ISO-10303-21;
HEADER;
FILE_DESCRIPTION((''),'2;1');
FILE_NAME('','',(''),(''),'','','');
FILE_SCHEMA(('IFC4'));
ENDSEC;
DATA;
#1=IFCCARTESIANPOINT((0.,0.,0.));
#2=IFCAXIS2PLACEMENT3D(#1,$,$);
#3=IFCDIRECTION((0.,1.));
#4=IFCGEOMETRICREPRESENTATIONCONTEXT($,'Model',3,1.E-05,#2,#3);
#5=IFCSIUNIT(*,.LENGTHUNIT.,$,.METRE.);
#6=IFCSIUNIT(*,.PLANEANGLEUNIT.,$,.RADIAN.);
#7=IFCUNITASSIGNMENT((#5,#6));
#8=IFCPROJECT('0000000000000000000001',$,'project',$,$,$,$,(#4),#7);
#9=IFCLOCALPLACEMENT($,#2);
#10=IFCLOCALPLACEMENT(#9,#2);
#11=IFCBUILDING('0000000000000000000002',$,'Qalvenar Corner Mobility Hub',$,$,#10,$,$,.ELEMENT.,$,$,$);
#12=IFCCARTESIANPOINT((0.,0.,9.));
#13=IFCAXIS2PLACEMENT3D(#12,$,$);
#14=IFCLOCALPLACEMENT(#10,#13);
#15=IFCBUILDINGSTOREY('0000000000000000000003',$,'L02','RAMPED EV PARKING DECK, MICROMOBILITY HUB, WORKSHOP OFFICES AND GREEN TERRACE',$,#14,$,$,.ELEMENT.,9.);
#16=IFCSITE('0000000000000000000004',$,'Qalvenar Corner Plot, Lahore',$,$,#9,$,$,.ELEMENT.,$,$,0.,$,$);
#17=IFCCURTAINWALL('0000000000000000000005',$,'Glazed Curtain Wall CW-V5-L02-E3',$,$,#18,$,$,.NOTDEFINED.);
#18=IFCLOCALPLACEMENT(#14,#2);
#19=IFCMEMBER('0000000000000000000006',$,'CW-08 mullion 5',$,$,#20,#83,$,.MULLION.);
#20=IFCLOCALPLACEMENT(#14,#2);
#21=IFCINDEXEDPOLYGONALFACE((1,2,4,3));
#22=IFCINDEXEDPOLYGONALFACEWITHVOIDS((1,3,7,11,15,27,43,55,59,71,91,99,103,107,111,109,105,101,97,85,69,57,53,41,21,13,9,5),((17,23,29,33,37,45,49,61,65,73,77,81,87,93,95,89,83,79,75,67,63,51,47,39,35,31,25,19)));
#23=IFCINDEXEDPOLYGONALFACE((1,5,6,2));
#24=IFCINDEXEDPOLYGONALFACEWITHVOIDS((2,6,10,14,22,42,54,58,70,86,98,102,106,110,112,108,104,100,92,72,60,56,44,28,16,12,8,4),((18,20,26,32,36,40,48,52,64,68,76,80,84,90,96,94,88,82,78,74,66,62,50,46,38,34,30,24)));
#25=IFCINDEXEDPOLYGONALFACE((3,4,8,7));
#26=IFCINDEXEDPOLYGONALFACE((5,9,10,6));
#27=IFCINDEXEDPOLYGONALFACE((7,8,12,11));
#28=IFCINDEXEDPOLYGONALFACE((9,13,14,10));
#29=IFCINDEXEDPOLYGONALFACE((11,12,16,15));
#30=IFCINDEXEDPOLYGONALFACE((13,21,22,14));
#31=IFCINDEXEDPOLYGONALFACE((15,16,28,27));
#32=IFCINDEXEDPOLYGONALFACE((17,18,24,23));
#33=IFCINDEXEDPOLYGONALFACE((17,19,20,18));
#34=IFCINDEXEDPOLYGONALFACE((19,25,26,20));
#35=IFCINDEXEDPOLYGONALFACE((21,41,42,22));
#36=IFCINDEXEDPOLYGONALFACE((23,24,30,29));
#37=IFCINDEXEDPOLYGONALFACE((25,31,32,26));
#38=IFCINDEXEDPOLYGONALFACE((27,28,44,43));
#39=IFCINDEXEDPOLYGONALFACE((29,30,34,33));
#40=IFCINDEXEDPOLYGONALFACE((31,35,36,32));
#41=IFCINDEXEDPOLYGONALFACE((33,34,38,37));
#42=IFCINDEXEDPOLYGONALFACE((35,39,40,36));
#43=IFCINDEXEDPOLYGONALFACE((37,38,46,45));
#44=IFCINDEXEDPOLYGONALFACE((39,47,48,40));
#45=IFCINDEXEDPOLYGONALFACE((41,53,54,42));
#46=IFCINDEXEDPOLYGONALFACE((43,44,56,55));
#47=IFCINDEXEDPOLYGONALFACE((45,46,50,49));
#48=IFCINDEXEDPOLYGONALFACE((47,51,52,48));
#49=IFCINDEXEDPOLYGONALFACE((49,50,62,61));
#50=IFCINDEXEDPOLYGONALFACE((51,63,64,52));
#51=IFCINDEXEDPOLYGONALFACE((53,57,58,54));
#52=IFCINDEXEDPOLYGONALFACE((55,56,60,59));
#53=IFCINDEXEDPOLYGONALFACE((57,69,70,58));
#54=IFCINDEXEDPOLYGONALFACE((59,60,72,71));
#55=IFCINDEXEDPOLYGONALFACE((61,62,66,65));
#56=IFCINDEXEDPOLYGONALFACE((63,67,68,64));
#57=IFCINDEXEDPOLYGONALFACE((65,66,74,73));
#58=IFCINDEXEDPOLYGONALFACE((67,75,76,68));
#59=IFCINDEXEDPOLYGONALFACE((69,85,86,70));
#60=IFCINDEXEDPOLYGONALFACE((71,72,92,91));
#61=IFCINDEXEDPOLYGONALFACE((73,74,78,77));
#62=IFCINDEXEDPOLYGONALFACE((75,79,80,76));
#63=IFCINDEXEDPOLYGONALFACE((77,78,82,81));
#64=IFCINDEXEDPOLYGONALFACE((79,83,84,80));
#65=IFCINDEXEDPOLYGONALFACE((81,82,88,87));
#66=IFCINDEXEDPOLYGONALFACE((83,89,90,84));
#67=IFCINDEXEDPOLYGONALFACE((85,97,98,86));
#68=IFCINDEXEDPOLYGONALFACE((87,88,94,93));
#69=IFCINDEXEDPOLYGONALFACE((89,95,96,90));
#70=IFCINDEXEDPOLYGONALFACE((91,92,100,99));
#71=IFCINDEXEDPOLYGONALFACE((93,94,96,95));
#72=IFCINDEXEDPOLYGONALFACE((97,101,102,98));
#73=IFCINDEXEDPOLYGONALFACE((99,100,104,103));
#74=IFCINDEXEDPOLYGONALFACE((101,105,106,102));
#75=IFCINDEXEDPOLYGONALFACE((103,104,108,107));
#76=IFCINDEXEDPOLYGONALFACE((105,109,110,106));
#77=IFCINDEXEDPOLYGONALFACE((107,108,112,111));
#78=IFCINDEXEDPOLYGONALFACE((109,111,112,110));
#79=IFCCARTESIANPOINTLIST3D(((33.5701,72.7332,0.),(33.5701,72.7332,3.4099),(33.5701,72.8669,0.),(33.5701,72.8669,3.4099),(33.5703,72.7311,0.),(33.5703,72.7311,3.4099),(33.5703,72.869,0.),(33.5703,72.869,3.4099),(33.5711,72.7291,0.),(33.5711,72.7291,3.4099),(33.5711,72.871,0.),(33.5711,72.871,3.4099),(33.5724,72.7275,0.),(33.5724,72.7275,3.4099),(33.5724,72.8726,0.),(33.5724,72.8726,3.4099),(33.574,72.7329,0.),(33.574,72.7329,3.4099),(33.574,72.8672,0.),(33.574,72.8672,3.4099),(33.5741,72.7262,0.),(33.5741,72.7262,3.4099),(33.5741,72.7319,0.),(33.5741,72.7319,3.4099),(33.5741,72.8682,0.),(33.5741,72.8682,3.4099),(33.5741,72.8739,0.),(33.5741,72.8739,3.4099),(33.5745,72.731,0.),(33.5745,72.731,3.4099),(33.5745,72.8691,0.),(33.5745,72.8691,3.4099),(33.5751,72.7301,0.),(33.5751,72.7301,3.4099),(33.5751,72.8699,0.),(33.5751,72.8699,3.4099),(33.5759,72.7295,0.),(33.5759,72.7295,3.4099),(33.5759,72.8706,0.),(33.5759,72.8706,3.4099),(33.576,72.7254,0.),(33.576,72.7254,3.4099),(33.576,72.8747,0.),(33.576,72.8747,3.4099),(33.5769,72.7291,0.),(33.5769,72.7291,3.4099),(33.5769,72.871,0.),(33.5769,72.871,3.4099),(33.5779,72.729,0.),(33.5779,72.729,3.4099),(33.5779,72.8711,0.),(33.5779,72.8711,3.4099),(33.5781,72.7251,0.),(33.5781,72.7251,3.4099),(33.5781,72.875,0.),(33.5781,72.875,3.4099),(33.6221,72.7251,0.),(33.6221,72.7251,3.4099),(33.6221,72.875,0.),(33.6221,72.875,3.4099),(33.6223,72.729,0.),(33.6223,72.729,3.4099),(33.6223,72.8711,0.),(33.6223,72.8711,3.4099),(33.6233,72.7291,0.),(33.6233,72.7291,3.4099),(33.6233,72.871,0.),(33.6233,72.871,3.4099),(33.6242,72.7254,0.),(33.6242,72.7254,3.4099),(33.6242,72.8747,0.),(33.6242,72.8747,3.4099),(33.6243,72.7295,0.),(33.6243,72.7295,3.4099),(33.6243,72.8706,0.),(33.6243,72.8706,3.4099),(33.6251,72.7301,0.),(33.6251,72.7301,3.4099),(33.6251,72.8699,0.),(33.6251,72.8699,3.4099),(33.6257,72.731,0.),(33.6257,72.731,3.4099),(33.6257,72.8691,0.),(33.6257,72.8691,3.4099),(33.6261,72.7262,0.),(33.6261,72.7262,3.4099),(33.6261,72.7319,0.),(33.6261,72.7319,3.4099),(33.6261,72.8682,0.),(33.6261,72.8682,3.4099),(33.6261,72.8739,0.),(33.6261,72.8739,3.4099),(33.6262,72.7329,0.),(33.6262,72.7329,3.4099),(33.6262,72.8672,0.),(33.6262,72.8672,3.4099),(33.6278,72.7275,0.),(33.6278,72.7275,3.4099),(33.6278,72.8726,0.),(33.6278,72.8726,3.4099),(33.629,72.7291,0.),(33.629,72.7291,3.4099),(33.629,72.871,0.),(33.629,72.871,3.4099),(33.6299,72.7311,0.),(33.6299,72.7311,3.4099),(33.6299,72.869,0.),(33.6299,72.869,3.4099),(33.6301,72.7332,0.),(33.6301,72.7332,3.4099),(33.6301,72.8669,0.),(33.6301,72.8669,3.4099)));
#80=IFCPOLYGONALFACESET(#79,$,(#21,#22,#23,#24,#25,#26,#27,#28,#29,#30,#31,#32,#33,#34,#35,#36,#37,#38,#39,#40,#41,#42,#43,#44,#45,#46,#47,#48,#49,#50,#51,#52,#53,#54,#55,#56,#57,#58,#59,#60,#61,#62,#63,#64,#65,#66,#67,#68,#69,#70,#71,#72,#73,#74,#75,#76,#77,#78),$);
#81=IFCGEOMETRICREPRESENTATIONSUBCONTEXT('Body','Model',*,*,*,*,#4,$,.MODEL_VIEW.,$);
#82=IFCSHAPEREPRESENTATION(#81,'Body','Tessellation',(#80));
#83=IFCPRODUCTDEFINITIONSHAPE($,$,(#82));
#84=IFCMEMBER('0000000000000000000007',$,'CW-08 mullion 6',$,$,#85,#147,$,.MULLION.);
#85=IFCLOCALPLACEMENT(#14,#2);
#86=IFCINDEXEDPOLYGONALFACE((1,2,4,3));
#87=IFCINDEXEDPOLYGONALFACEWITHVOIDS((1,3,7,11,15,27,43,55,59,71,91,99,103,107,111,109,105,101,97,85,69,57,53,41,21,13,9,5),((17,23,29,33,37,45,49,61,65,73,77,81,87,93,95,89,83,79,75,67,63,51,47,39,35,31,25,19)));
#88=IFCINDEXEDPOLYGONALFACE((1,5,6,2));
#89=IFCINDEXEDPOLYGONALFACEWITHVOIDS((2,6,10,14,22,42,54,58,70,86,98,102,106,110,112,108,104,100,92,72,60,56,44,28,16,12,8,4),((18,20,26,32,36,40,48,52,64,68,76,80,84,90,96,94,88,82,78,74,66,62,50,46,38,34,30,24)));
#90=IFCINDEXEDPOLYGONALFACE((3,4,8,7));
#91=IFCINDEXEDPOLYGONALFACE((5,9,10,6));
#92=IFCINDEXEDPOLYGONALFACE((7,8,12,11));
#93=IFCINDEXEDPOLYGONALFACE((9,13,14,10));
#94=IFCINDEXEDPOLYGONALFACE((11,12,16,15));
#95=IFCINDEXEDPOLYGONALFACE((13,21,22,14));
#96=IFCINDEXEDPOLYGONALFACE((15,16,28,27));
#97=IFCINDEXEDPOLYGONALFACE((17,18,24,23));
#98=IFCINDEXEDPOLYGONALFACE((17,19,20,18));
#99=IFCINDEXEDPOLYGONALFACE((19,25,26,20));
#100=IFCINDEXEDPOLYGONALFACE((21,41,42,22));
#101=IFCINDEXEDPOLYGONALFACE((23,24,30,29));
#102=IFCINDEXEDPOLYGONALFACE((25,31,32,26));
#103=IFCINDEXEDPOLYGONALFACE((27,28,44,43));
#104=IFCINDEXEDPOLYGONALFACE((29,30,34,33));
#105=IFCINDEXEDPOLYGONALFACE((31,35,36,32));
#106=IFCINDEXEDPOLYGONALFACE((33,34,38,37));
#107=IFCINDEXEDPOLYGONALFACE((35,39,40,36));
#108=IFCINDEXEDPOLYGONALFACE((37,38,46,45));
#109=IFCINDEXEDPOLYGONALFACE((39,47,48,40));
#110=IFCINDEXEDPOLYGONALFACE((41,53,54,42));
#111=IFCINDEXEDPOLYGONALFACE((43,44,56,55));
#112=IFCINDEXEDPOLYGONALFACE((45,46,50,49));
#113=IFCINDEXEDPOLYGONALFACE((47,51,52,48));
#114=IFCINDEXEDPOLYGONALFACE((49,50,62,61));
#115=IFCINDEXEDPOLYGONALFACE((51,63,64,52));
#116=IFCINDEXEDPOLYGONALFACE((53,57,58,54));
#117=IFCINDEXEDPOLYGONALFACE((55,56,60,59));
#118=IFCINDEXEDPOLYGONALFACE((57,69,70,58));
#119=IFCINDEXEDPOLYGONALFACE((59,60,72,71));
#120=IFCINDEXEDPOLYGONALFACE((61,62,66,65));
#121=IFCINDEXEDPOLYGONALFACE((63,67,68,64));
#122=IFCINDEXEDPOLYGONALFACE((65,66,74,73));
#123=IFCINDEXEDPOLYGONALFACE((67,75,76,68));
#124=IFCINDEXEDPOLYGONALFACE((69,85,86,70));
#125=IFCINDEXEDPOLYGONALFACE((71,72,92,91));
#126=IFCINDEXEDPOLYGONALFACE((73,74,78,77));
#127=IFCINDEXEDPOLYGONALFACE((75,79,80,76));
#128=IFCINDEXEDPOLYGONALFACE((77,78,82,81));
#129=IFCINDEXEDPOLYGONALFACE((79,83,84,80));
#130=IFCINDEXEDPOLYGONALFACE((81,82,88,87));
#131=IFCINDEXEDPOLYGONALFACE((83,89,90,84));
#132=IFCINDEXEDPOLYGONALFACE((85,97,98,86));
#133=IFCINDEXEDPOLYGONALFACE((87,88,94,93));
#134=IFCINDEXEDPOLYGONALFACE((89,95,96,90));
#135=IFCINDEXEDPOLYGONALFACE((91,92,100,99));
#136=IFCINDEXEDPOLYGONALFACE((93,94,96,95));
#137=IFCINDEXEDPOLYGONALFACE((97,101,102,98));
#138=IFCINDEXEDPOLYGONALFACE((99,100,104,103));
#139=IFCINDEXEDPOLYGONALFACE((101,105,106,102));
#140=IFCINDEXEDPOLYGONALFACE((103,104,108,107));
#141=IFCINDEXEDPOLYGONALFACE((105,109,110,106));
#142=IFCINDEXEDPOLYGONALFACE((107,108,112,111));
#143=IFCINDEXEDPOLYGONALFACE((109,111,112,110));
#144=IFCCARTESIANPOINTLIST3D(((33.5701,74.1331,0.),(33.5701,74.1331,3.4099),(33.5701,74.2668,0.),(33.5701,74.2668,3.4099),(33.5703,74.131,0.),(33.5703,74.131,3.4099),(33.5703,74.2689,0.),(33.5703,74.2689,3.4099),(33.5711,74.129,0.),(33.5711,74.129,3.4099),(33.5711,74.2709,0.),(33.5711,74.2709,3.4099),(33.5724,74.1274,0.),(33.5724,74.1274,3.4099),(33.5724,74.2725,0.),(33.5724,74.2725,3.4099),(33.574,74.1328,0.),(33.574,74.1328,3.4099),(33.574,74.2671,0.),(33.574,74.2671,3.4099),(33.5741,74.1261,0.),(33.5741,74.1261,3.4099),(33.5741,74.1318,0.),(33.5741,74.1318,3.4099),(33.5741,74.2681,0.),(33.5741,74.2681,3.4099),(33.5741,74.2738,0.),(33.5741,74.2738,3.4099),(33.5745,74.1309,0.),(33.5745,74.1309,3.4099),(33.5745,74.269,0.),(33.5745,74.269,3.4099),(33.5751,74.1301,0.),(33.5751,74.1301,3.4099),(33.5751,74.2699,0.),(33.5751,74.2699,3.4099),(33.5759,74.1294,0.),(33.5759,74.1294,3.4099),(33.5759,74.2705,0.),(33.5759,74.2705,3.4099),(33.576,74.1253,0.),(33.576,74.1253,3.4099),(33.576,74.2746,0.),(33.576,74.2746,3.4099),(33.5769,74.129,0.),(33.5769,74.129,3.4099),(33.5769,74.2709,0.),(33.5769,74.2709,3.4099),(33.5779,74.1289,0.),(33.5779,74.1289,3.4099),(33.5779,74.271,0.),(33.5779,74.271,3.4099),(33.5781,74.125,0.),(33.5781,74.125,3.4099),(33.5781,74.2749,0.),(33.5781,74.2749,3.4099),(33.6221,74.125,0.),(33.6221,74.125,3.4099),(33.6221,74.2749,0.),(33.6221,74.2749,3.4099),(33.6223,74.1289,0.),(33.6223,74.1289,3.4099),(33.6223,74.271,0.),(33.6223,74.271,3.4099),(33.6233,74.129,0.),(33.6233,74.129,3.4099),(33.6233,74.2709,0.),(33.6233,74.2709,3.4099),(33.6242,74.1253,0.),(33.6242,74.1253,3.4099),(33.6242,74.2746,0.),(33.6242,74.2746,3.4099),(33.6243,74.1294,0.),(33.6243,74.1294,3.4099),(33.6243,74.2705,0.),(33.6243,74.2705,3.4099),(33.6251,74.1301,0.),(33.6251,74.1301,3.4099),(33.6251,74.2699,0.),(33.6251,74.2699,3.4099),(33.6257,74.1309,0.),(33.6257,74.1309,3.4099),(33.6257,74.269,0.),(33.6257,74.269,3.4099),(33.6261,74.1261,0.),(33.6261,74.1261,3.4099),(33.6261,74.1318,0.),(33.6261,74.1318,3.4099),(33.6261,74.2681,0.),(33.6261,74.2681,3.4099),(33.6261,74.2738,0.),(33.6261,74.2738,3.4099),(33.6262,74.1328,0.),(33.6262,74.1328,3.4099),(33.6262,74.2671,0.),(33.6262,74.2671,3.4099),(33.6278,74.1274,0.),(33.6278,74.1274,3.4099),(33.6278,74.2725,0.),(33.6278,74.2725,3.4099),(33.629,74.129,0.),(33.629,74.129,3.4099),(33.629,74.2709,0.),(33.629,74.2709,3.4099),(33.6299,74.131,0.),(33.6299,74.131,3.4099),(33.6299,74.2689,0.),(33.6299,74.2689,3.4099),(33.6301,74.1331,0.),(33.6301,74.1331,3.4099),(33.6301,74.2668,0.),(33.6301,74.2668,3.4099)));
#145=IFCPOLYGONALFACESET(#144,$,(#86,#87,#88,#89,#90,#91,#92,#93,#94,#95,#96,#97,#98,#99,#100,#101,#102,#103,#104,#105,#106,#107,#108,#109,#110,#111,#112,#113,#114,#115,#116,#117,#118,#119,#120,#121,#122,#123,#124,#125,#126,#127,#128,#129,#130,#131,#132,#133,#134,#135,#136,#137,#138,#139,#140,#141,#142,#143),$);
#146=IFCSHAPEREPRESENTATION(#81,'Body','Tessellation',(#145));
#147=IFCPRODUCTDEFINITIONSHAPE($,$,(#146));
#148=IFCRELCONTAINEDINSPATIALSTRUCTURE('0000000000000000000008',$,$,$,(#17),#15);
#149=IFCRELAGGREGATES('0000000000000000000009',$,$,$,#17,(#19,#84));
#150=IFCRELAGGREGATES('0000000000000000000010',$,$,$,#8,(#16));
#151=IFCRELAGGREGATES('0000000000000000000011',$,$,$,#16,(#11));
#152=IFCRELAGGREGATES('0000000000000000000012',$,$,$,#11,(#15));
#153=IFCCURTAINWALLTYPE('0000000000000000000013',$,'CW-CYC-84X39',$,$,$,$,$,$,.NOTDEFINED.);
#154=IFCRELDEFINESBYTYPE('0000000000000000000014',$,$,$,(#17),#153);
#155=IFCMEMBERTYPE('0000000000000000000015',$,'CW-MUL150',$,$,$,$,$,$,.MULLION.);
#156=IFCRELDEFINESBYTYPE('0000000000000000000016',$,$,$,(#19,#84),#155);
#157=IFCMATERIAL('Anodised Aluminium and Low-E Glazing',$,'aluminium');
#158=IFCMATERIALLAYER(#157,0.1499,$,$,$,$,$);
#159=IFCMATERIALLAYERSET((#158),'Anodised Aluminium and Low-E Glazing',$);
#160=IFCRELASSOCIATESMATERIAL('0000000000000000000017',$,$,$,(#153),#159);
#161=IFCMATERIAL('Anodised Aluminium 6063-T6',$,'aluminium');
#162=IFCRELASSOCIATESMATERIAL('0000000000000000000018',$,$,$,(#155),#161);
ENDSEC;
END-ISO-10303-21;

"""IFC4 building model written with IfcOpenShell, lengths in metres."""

from ifc_helpers import new_model, si_unit, direction, frame, origin, origin_2d, place, context, subcontext, project, spatial, hollow_rectangle, extrude, material, layer, layer_set, material_profile, profile_set, type_object, element, aggregate, save


model = new_model("IFC4")

# Units and contexts
model_context = context("Model", 3, precision=1e-05, world=origin(), true_north=direction((0.0, 1.0)))
body_context = subcontext(model_context, "Body", "Model", "MODEL_VIEW")
ifc_project = project(units=[si_unit("LENGTHUNIT", "METRE"), si_unit("PLANEANGLEUNIT", "RADIAN")], contexts=[model_context])

# Site, building, storey
site_placement = place(None, origin())
site = spatial("IfcSite", under=ifc_project, at=site_placement, Name="Qalvenar Corner Plot, Lahore", CompositionType="ELEMENT", RefElevation=0.0)
building_placement = place(site_placement, origin())
building = spatial("IfcBuilding", under=site, at=building_placement, Name="Qalvenar Corner Mobility Hub", CompositionType="ELEMENT")
storey_placement = place(building_placement, frame((0.0, 0.0, 9.0)))
storey = spatial("IfcBuildingStorey", under=building, at=storey_placement, Name="L02", Description="RAMPED EV PARKING DECK, MICROMOBILITY HUB, WORKSHOP OFFICES AND GREEN TERRACE", CompositionType="ELEMENT", Elevation=9.0)

# Curtain wall, members
ifc_material_1 = material(Name="Anodised Aluminium and Low-E Glazing", Category="aluminium")
ifc_layer_1 = layer(ifc_material_1, 0.1499)
ifc_layer_set_1 = layer_set([ifc_layer_1], Name="Anodised Aluminium and Low-E Glazing")
curtain_wall_type = type_object("IfcCurtainWallType", Name="CW-CYC-84X39", PredefinedType="NOTDEFINED", material=ifc_layer_set_1)
curtain_wall_placement = place(storey_placement, origin())
curtain_wall = element("IfcCurtainWall", 1, at=curtain_wall_placement, inside=storey, type_object=curtain_wall_type, Name="Glazed Curtain Wall CW-V5-L02-E3", PredefinedType="NOTDEFINED")
ifc_material_2 = material(Name="Anodised Aluminium 6063-T6", Category="aluminium")
ifc_material_profile_1 = material_profile(ifc_material_2, hollow_rectangle(XDim=0.0601, YDim=0.1499, WallThickness=0.0039, InnerFilletRadius=0.0039, OuterFilletRadius=0.0081, at=origin_2d()), Name="RHS150x60x4")
ifc_profile_set_1 = profile_set([ifc_material_profile_1], Name="Anodised Aluminium 6063-T6")
member_type_1 = type_object("IfcMemberType", Name="CW-MUL150", PredefinedType="MULLION", material=ifc_profile_set_1)
member_1_placement = place(storey_placement, frame((33.6001, 72.8, 0.0), z_axis=(0.0, 0.0, 1.0), x_axis=(-1.0, 0.0, 0.0)))
member_1 = element("IfcMember", 2, at=member_1_placement, type_object=member_type_1, Name="CW-08 mullion 5", PredefinedType="MULLION", context=body_context, shape_type="SweptSolid", body=[
    extrude(hollow_rectangle(XDim=0.0601, YDim=0.1499, WallThickness=0.0039, InnerFilletRadius=0.0039, OuterFilletRadius=0.0081, at=origin_2d()), origin(), (0.0, 0.0, 1.0), 3.4099),
])
member_2_placement = place(storey_placement, frame((33.6001, 74.2, 0.0), z_axis=(0.0, 0.0, 1.0), x_axis=(-1.0, 0.0, 0.0)))
member_2 = element("IfcMember", 3, at=member_2_placement, type_object=member_type_1, Name="CW-08 mullion 6", PredefinedType="MULLION", context=body_context, shape_type="SweptSolid", body=[
    extrude(hollow_rectangle(XDim=0.0601, YDim=0.1499, WallThickness=0.0039, InnerFilletRadius=0.0039, OuterFilletRadius=0.0081, at=origin_2d()), origin(), (0.0, 0.0, 1.0), 3.4099),
])
aggregate(curtain_wall, [member_1, member_2])

save(model, "model.ifc")
